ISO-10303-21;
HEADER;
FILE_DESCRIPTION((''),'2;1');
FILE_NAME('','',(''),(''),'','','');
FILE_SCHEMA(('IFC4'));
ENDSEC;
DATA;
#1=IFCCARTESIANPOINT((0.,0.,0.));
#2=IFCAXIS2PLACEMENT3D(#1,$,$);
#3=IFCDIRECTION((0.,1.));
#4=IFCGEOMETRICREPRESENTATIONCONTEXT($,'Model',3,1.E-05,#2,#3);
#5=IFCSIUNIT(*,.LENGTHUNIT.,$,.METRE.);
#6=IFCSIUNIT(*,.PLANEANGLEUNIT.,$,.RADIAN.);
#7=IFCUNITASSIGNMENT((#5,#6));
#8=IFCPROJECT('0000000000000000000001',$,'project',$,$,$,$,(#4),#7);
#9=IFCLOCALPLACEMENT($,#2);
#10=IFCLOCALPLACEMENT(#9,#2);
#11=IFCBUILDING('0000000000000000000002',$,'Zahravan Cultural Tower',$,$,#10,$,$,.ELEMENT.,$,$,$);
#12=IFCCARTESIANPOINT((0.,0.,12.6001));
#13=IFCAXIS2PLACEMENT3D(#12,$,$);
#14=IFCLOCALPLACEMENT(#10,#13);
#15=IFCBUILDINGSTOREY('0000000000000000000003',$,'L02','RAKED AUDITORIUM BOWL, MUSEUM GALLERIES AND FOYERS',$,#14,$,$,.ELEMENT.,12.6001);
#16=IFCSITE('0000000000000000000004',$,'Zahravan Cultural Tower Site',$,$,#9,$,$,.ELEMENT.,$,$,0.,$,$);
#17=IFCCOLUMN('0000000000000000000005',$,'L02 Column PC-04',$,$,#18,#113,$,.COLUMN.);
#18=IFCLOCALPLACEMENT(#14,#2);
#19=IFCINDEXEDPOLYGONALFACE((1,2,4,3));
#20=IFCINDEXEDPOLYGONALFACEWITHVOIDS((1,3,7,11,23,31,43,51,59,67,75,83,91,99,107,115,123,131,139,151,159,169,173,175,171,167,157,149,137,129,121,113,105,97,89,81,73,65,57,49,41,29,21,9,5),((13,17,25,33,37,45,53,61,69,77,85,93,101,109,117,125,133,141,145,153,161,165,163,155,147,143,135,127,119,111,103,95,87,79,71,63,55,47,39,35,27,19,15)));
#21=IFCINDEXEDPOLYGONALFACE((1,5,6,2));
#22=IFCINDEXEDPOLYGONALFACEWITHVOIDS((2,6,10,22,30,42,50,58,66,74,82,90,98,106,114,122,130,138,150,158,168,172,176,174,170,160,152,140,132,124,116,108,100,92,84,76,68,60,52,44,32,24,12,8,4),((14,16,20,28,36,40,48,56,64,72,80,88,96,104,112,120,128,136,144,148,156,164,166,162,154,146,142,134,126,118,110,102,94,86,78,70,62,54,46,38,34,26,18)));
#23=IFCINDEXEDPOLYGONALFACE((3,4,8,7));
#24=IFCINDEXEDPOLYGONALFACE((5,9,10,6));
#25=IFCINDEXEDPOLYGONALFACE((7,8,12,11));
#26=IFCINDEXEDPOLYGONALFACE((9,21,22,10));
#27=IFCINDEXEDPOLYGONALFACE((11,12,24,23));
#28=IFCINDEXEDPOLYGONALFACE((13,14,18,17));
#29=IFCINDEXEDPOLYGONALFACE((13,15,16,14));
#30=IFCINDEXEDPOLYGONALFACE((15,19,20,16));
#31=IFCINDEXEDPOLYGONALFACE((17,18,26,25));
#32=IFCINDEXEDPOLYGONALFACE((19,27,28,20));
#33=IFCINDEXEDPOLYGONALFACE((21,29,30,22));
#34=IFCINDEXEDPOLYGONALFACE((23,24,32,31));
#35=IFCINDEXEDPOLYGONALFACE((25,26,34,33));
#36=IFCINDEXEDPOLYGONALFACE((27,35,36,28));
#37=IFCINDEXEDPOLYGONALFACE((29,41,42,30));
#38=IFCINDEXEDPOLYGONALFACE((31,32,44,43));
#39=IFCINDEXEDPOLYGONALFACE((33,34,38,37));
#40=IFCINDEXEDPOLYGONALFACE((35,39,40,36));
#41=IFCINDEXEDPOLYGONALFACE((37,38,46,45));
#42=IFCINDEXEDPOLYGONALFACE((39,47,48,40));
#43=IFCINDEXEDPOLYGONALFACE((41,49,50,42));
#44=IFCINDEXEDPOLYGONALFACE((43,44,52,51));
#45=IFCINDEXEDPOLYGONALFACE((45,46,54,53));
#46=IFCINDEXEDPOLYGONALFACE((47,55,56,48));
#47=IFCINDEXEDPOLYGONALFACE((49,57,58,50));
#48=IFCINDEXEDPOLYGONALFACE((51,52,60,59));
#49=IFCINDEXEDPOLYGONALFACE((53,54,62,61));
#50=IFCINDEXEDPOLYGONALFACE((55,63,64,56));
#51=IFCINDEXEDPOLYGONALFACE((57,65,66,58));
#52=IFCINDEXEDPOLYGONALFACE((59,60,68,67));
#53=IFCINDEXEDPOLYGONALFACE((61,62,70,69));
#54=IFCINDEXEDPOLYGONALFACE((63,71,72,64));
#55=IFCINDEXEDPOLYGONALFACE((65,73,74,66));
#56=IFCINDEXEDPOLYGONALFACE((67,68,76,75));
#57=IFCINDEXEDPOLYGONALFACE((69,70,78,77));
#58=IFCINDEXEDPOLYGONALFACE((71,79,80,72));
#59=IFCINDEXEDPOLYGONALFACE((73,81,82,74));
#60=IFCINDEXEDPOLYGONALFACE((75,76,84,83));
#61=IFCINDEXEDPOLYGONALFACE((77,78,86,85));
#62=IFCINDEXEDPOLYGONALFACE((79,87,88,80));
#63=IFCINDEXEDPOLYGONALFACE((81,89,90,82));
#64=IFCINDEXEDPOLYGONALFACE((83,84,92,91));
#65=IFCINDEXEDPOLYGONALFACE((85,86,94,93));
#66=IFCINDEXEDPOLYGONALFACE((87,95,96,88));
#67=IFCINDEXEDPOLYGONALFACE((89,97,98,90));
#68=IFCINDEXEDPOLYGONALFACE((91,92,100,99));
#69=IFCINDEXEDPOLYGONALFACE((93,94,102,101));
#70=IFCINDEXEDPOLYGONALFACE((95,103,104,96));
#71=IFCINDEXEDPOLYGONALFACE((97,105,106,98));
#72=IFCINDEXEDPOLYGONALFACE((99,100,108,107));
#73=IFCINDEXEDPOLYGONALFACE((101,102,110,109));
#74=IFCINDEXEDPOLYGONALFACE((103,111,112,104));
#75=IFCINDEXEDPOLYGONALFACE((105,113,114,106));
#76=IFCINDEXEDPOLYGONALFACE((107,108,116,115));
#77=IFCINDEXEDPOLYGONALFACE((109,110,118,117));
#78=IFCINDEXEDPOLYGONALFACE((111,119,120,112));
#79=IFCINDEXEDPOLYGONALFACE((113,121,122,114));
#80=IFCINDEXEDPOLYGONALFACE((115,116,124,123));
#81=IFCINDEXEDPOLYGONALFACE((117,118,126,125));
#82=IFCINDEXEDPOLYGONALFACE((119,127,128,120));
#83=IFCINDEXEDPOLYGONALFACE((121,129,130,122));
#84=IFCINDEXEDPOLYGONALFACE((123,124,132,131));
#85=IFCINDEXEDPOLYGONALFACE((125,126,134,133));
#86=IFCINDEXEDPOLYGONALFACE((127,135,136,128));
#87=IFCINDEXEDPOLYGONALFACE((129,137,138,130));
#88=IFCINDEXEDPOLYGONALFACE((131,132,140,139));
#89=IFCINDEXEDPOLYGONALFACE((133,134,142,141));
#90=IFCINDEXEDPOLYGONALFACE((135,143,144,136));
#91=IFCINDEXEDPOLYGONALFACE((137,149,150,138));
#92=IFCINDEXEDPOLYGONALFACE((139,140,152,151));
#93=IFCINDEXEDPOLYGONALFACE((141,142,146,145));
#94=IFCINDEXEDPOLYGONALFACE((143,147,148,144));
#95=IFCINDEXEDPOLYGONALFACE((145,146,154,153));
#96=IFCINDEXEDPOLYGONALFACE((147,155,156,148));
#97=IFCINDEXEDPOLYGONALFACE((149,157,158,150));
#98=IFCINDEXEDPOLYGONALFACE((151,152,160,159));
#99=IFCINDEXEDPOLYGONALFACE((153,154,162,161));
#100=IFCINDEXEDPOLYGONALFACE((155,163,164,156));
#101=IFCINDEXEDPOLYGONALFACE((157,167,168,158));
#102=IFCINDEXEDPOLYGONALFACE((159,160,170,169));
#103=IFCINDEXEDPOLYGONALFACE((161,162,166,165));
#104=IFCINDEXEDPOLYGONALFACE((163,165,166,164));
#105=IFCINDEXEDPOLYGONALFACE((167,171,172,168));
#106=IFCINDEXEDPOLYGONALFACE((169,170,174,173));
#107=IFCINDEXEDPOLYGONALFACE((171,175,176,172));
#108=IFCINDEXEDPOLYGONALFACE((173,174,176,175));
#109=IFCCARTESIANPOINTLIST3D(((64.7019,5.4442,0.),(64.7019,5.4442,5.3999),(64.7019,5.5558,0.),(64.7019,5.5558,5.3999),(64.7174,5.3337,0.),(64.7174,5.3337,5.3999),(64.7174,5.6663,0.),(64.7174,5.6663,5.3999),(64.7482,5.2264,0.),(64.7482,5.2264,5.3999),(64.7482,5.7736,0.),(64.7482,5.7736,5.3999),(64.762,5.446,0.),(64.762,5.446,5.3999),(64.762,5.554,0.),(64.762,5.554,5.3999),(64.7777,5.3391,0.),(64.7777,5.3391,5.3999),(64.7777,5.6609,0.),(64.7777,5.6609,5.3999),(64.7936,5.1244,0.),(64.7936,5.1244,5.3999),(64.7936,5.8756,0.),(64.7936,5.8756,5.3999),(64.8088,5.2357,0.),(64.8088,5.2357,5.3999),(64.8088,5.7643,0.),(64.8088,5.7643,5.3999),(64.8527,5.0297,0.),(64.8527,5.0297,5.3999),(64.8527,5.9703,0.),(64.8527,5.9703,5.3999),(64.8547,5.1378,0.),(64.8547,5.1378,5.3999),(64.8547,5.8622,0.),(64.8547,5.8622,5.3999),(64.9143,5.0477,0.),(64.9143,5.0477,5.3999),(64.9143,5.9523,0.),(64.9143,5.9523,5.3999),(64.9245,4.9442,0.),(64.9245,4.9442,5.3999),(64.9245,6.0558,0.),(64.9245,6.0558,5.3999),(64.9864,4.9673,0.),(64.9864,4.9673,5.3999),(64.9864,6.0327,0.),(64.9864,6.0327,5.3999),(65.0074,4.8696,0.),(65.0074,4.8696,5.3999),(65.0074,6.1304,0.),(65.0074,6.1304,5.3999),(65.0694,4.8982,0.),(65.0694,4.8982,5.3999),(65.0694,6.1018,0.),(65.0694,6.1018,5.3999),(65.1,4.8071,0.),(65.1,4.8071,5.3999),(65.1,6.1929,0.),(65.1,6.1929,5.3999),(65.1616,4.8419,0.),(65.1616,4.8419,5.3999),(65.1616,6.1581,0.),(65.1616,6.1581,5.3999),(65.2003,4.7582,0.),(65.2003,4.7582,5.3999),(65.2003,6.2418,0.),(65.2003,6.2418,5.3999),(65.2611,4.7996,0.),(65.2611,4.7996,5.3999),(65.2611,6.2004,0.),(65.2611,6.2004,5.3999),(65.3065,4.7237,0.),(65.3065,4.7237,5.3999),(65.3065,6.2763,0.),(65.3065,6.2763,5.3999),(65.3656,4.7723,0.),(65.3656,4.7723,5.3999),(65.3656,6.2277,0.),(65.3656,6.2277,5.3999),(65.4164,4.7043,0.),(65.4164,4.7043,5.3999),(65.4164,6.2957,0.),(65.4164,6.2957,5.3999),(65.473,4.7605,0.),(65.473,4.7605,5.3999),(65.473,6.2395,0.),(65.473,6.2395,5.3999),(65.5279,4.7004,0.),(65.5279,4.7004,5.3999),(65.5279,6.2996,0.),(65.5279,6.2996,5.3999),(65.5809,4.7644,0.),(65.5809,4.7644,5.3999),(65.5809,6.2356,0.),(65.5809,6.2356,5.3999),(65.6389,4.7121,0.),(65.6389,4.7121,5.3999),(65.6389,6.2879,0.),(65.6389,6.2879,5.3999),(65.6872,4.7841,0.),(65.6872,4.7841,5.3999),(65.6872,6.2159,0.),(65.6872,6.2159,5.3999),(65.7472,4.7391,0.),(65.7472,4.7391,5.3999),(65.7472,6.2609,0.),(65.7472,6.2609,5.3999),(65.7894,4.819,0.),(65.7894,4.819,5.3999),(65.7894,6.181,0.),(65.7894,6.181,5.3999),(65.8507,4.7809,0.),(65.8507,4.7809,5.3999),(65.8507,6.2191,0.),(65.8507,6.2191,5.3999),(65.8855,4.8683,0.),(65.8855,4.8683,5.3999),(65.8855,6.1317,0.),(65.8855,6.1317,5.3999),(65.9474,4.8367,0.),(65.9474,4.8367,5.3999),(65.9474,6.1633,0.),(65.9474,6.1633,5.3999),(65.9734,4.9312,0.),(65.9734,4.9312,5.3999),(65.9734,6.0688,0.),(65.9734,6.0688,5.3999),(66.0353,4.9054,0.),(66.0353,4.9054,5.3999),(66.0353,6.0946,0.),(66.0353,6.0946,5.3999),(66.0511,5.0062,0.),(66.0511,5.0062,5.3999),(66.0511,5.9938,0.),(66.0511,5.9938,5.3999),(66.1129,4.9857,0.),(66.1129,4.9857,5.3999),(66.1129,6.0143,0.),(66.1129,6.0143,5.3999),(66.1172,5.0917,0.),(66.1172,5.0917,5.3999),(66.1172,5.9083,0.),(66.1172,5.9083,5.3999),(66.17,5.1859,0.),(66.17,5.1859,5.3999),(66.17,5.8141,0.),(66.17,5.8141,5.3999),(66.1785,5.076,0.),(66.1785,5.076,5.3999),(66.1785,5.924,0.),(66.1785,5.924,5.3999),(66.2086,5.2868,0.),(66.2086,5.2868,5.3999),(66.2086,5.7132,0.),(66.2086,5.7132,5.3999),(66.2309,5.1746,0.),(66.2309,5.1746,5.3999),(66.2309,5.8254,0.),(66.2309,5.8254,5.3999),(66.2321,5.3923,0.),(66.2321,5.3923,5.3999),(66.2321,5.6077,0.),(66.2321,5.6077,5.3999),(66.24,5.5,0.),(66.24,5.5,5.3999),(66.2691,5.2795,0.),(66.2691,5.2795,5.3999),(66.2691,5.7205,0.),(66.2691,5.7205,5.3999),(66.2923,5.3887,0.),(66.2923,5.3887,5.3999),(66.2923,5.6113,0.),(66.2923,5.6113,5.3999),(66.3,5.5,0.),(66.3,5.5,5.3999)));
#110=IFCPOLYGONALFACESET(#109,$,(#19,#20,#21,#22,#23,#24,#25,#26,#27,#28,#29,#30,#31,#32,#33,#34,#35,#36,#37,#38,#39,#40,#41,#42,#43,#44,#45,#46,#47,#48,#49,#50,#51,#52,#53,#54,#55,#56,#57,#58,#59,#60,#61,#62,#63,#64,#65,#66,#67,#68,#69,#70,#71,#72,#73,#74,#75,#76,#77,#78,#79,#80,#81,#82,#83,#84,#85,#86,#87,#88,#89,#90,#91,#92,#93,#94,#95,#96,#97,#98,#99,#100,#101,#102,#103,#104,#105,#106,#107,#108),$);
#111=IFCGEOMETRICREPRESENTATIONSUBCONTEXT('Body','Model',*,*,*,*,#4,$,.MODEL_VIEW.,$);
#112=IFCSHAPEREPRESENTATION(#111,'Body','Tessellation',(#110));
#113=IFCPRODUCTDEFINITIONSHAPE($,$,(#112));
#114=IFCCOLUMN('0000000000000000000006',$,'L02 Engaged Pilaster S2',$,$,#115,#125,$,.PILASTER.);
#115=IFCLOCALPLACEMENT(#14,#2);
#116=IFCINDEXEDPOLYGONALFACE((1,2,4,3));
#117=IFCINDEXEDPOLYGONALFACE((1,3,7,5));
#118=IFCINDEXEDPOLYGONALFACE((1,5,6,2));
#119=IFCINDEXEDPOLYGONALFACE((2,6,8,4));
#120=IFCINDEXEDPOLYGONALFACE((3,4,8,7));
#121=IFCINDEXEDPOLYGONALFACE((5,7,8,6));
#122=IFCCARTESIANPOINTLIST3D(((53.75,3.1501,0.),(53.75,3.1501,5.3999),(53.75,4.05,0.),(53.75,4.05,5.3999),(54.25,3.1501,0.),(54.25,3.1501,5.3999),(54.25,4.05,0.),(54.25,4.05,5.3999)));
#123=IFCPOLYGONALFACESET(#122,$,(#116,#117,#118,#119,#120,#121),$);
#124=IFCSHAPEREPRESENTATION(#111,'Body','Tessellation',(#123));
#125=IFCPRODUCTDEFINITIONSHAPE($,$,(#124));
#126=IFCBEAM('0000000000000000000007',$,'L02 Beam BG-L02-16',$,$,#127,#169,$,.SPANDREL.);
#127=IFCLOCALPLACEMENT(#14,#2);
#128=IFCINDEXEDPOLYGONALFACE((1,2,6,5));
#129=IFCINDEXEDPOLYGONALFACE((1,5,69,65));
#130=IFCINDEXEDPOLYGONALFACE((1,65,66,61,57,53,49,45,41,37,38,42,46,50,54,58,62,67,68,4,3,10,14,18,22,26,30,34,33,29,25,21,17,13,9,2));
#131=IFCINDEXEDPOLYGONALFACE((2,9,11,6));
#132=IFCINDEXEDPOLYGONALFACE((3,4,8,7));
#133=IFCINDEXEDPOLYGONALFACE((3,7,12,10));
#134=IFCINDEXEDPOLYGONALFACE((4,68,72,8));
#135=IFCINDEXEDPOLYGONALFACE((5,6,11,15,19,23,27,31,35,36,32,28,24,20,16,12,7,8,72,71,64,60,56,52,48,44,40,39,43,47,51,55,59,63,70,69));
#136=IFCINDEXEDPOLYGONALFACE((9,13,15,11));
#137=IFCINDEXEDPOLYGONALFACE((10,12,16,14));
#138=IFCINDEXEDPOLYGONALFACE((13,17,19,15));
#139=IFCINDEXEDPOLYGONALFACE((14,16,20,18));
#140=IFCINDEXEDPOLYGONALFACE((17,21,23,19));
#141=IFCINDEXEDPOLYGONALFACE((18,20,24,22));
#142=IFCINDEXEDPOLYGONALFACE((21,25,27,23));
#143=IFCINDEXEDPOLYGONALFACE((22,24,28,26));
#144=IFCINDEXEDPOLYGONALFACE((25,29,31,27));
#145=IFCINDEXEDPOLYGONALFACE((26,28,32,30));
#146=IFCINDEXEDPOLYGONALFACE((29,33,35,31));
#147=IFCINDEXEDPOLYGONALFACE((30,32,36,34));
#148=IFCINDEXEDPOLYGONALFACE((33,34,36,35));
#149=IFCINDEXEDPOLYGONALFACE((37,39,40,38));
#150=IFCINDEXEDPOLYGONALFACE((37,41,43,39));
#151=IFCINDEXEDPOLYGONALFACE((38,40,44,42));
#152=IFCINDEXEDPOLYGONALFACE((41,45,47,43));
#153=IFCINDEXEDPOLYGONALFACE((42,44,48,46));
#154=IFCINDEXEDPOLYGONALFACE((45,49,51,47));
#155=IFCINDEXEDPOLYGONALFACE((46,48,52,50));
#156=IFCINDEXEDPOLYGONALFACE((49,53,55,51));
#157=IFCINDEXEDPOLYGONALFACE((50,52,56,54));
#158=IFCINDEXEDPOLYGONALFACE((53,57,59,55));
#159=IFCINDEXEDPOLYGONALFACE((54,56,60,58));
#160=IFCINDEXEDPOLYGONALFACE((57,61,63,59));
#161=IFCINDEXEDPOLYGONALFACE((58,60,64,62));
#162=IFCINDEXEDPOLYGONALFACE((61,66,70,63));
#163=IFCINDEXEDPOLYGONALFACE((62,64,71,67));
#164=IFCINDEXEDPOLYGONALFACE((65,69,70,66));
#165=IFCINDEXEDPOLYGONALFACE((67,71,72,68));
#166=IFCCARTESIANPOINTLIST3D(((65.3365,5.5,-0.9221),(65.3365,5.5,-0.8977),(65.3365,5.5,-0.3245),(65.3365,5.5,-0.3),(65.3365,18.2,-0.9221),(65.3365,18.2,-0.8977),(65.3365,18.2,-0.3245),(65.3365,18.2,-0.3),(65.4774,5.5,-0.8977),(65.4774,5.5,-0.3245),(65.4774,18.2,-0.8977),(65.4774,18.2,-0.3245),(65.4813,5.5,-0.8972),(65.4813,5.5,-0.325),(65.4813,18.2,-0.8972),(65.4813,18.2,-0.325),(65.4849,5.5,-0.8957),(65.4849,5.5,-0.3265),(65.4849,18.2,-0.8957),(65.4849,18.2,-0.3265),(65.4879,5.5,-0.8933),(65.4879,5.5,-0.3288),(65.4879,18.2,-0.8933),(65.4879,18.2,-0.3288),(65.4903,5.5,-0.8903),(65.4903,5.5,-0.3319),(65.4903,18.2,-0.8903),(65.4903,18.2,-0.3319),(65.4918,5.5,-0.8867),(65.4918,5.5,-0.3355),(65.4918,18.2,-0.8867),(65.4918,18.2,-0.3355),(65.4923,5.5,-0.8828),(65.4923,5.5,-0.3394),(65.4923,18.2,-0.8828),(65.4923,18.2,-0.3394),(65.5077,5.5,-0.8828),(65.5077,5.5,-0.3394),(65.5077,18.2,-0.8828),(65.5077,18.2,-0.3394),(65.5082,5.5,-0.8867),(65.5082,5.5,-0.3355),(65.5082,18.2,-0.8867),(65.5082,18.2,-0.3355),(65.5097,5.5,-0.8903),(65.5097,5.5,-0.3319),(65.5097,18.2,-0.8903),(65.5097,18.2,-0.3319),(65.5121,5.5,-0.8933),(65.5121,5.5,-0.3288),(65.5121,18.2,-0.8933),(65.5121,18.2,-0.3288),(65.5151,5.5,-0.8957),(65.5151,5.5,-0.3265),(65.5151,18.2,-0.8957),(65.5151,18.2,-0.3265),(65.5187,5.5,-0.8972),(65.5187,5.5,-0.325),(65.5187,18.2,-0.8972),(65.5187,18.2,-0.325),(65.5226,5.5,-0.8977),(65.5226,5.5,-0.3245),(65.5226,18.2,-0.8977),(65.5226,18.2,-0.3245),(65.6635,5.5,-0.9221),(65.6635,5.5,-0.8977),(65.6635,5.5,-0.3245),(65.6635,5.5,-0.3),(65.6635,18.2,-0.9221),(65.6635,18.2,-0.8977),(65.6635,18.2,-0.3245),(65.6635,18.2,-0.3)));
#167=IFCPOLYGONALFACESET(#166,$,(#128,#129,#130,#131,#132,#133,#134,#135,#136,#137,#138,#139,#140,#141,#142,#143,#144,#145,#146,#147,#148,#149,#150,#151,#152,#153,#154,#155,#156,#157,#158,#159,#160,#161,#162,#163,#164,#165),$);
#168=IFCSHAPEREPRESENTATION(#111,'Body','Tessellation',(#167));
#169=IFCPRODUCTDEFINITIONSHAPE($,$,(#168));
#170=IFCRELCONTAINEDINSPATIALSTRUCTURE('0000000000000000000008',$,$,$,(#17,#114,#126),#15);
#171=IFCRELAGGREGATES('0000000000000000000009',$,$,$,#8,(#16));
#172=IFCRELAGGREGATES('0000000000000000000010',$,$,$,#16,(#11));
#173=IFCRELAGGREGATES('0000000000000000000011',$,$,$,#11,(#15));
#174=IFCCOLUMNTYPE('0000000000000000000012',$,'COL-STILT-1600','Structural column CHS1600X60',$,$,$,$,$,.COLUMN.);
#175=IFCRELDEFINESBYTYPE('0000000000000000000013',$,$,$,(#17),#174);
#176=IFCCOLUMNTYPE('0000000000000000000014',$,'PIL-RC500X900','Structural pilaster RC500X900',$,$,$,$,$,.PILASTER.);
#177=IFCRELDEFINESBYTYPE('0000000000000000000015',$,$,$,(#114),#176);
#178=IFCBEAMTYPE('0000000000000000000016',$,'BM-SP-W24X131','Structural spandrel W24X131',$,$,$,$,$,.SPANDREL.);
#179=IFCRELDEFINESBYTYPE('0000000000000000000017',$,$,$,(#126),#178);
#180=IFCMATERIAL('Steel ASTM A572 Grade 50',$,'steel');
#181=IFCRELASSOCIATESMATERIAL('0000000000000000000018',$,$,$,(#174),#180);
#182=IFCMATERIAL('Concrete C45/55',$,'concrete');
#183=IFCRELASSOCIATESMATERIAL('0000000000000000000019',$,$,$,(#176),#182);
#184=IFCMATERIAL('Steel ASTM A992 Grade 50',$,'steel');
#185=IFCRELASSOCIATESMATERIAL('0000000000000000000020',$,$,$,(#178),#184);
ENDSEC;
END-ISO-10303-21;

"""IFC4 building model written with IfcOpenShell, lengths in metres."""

from ifc_helpers import new_model, si_unit, direction, frame, origin, origin_2d, place, context, subcontext, project, spatial, rectangle, hollow_circle, i_section, extrude, source, transform, mapped, material, material_profile, profile_set, type_object, element, save


model = new_model("IFC4")

# Units and contexts
model_context = context("Model", 3, precision=1e-05, world=origin(), true_north=direction((0.0, 1.0)))
body_context = subcontext(model_context, "Body", "Model", "MODEL_VIEW")
ifc_project = project(units=[si_unit("LENGTHUNIT", "METRE"), si_unit("PLANEANGLEUNIT", "RADIAN")], contexts=[model_context])

# Site, building, storey
site_placement = place(None, origin())
site = spatial("IfcSite", under=ifc_project, at=site_placement, Name="Zahravan Cultural Tower Site", CompositionType="ELEMENT", RefElevation=0.0)
building_placement = place(site_placement, origin())
building = spatial("IfcBuilding", under=site, at=building_placement, Name="Zahravan Cultural Tower", CompositionType="ELEMENT")
storey_placement = place(building_placement, frame((0.0, 0.0, 12.6001)))
storey = spatial("IfcBuildingStorey", under=building, at=storey_placement, Name="L02", Description="RAKED AUDITORIUM BOWL, MUSEUM GALLERIES AND FOYERS", CompositionType="ELEMENT", Elevation=12.6001)

# Columns
ifc_material_1 = material(Name="Steel ASTM A572 Grade 50", Category="steel")
ifc_material_profile_1 = material_profile(ifc_material_1, hollow_circle(Radius=0.8, WallThickness=0.0601, at=origin_2d()), Name="CHS1600X60")
ifc_profile_set_1 = profile_set([ifc_material_profile_1], Name="Steel ASTM A572 Grade 50")
column_type_1 = type_object("IfcColumnType", Name="COL-STILT-1600", Description="Structural column CHS1600X60", PredefinedType="COLUMN", material=ifc_profile_set_1)
shared_shape_1 = source(origin(), body_context, "Body", "SweptSolid", [
    extrude(hollow_circle(Radius=0.8, WallThickness=0.0601, at=origin_2d()), origin(), (0.0, 0.0, 1.0), 5.3999),
])
column_1_placement = place(storey_placement, frame((65.5, 5.5, 0.0), z_axis=(0.0, 0.0, 1.0), x_axis=(1.0, 0.0, 0.0)))
element("IfcColumn", 1, at=column_1_placement, inside=storey, type_object=column_type_1, Name="L02 Column PC-04", PredefinedType="COLUMN", context=body_context, shape_type="MappedRepresentation", body=[
    mapped(shared_shape_1, transform((0.0, 0.0, 0.0), x_axis=(1.0, 0.0, 0.0), y_axis=(0.0, 1.0, 0.0), z_axis=(0.0, 0.0, 1.0), scale=1.0)),
])
ifc_material_2 = material(Name="Concrete C45/55", Category="concrete")
ifc_material_profile_2 = material_profile(ifc_material_2, rectangle(XDim=0.5, YDim=0.8999, at=origin_2d()), Name="RC500X900")
ifc_profile_set_2 = profile_set([ifc_material_profile_2], Name="Concrete C45/55")
column_type_2 = type_object("IfcColumnType", Name="PIL-RC500X900", Description="Structural pilaster RC500X900", PredefinedType="PILASTER", material=ifc_profile_set_2)
shared_shape_2 = source(origin(), body_context, "Body", "SweptSolid", [
    extrude(rectangle(XDim=0.5, YDim=0.8999, at=origin_2d()), origin(), (0.0, 0.0, 1.0), 5.3999),
])
column_2_placement = place(storey_placement, frame((54.0, 3.6001, 0.0), z_axis=(0.0, 0.0, 1.0), x_axis=(1.0, 0.0, 0.0)))
element("IfcColumn", 2, at=column_2_placement, inside=storey, type_object=column_type_2, Name="L02 Engaged Pilaster S2", PredefinedType="PILASTER", context=body_context, shape_type="MappedRepresentation", body=[
    mapped(shared_shape_2, transform((0.0, 0.0, 0.0), x_axis=(1.0, 0.0, 0.0), y_axis=(0.0, 1.0, 0.0), z_axis=(0.0, 0.0, 1.0), scale=1.0)),
])

# Beam
ifc_material_3 = material(Name="Steel ASTM A992 Grade 50", Category="steel")
ifc_material_profile_3 = material_profile(ifc_material_3, i_section(OverallWidth=0.3269, OverallDepth=0.6221, WebThickness=0.0154, FlangeThickness=0.0244, FilletRadius=0.0149, at=origin_2d()), Name="W24X131")
ifc_profile_set_3 = profile_set([ifc_material_profile_3], Name="Steel ASTM A992 Grade 50")
beam_type_1 = type_object("IfcBeamType", Name="BM-SP-W24X131", Description="Structural spandrel W24X131", PredefinedType="SPANDREL", material=ifc_profile_set_3)
shared_shape_3 = source(origin(), body_context, "Body", "SweptSolid", [
    extrude(i_section(OverallWidth=0.3269, OverallDepth=0.6221, WebThickness=0.0154, FlangeThickness=0.0244, FilletRadius=0.0149, at=origin_2d()), origin(), (0.0, 0.0, 1.0), 12.7),
])
beam_1_placement = place(storey_placement, frame((65.5, 5.5, -0.6111), z_axis=(0.0, 1.0, 0.0), x_axis=(-1.0, 0.0, 0.0)))
element("IfcBeam", 3, at=beam_1_placement, inside=storey, type_object=beam_type_1, Name="L02 Beam BG-L02-16", PredefinedType="SPANDREL", context=body_context, shape_type="MappedRepresentation", body=[
    mapped(shared_shape_3, transform((0.0, 0.0, 0.0), x_axis=(1.0, 0.0, 0.0), y_axis=(0.0, 1.0, 0.0), z_axis=(0.0, 0.0, 1.0), scale=1.0)),
])

save(model, "model.ifc")
